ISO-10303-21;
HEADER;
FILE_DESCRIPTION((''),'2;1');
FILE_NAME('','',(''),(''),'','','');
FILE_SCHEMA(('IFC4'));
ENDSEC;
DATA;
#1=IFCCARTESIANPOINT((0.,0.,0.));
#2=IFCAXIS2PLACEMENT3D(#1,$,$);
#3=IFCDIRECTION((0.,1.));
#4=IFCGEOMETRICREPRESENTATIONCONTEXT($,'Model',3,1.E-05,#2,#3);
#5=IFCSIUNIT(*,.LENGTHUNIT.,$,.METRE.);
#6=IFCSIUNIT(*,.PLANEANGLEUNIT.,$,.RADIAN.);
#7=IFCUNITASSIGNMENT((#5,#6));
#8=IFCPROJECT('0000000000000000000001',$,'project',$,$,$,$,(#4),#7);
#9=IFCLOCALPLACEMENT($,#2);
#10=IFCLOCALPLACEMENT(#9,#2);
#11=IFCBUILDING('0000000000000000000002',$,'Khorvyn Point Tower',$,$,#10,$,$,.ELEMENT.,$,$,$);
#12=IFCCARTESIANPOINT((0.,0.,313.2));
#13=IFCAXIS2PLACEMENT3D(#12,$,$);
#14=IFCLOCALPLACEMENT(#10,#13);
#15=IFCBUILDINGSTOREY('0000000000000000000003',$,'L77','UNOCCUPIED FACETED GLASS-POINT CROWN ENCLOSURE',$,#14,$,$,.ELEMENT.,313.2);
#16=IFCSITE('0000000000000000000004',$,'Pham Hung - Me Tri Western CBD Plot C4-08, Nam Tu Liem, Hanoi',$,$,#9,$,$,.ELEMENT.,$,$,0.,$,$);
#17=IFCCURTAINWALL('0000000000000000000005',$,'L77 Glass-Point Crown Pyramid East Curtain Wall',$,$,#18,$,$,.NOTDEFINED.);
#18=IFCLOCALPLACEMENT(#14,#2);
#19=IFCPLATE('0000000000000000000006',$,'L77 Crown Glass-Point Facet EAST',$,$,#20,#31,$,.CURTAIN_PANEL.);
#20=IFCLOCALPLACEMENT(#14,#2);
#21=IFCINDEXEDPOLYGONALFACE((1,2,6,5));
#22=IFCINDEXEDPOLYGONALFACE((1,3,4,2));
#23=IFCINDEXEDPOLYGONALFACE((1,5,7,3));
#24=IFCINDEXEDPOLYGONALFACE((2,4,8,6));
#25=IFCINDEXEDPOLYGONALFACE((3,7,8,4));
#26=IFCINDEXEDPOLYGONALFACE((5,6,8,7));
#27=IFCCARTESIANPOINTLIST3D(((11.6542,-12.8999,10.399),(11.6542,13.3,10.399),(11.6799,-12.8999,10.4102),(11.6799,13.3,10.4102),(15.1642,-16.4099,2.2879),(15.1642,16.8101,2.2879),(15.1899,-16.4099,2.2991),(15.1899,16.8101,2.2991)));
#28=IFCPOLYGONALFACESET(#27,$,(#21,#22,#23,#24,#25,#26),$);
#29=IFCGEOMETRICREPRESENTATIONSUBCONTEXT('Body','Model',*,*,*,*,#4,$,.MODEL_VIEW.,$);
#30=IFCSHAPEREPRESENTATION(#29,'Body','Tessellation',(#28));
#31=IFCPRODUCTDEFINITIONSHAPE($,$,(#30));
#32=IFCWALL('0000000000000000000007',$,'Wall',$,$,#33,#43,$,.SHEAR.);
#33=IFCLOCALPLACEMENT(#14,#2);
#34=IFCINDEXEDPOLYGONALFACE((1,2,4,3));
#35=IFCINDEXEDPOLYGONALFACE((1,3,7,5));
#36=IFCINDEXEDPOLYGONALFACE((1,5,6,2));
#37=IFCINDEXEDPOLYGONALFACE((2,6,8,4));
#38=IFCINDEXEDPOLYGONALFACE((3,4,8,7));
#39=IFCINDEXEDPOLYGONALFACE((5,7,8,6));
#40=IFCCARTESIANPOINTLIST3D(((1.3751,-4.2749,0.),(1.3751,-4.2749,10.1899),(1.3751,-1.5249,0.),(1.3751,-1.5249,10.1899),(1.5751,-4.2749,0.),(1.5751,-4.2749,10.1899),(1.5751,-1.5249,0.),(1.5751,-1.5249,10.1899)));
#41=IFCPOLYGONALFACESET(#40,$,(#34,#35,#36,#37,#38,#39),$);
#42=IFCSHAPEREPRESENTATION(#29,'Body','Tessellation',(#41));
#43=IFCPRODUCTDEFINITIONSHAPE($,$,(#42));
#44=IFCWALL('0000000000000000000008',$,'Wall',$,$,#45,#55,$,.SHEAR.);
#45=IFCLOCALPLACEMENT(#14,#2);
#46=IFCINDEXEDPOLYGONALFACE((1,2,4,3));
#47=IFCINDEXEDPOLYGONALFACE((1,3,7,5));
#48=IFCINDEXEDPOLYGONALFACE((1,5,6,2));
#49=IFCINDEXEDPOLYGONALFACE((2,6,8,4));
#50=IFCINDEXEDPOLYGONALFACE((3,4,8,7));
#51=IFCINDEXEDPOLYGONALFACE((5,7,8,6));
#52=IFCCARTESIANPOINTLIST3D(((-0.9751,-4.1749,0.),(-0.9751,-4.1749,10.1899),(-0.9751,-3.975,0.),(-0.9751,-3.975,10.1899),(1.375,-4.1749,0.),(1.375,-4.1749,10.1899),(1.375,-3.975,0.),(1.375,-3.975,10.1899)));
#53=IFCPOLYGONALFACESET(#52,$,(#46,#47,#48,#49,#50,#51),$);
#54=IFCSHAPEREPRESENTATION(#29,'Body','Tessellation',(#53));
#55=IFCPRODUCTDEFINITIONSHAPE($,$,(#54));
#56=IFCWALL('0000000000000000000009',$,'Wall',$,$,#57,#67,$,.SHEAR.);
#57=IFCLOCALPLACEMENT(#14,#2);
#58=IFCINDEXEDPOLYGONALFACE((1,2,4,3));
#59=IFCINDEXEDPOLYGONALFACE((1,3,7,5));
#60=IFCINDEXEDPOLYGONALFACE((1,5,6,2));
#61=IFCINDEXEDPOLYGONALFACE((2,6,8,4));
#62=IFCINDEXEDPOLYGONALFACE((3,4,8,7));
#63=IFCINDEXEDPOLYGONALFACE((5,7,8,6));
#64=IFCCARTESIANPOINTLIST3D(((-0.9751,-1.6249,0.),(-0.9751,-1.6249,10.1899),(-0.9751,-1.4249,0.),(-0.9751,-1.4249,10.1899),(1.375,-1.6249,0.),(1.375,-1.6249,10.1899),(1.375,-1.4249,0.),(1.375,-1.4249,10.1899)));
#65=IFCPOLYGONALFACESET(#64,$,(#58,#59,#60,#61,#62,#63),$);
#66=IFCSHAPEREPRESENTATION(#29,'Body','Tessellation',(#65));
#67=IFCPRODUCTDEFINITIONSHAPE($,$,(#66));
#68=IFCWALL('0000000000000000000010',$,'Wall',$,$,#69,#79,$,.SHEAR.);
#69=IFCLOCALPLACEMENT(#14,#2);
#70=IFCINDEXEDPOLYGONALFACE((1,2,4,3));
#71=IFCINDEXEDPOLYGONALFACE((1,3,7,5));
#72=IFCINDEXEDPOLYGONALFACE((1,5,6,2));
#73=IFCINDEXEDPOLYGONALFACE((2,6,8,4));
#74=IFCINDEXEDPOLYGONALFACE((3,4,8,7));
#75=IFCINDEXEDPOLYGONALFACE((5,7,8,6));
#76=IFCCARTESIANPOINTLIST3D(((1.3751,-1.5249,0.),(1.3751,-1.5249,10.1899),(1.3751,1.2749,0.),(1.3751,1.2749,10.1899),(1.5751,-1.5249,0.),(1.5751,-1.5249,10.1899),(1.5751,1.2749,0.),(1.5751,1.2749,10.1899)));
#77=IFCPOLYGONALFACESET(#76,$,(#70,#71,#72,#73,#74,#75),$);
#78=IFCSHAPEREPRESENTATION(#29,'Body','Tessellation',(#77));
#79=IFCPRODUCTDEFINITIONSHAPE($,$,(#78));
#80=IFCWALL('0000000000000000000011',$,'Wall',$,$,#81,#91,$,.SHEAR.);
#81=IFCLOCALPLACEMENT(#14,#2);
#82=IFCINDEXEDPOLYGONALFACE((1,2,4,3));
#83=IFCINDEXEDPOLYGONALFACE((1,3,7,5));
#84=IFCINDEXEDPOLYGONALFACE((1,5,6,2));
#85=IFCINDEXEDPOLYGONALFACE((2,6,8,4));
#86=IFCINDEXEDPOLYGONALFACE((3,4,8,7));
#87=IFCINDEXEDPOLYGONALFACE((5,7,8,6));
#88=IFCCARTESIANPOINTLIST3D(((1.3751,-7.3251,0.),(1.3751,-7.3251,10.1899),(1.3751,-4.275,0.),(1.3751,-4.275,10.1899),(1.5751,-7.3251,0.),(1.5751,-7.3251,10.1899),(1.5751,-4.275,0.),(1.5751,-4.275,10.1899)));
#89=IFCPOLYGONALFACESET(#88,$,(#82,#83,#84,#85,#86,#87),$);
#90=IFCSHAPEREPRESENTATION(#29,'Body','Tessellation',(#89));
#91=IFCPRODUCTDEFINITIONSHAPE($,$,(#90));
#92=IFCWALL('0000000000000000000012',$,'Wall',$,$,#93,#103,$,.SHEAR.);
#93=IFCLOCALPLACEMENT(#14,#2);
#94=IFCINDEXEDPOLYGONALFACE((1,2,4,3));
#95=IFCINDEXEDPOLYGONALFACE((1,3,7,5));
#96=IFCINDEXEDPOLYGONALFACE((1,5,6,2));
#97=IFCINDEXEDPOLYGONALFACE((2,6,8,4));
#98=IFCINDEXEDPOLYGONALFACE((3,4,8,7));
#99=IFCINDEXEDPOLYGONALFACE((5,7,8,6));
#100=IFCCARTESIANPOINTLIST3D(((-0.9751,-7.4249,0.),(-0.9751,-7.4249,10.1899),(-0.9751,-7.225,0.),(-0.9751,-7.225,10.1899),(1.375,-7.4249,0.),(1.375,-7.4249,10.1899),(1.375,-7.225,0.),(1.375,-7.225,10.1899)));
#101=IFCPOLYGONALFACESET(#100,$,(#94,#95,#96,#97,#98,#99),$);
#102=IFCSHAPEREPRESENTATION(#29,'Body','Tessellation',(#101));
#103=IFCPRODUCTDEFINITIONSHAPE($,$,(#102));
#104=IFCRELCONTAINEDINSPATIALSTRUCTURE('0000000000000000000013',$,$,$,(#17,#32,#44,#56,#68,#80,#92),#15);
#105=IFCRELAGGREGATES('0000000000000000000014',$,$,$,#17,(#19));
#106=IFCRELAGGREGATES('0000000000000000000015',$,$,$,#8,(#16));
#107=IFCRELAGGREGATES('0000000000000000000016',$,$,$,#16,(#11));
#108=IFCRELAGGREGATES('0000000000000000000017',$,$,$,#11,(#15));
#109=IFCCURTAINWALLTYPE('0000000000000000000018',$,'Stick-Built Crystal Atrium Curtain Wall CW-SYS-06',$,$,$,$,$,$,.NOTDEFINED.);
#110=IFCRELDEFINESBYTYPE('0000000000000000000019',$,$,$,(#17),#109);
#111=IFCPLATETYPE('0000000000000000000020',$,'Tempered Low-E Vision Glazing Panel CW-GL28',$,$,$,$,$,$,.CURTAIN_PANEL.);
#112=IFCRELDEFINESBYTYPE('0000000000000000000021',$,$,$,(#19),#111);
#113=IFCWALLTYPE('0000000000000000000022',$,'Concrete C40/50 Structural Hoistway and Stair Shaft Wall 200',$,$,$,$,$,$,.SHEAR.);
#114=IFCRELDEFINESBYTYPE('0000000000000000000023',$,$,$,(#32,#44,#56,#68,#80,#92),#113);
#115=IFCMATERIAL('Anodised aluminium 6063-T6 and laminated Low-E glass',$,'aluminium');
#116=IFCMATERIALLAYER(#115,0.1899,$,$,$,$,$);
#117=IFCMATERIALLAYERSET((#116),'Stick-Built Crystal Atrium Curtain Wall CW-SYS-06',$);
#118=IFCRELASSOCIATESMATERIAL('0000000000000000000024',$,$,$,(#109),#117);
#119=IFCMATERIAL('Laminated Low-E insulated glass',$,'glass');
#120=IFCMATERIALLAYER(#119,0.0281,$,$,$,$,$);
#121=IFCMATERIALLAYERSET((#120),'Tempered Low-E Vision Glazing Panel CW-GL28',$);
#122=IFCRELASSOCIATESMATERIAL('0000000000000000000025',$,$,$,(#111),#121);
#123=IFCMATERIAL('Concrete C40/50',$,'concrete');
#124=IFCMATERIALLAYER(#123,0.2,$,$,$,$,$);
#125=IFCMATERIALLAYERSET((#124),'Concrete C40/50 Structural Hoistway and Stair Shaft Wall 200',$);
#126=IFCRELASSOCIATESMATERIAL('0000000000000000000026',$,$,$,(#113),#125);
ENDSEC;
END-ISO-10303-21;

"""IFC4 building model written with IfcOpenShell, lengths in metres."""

from ifc_helpers import new_model, si_unit, direction, frame, frame_2d, origin, place, context, subcontext, project, spatial, polyline, rectangle, outline, extrude, material, layer, layer_set, type_object, element, aggregate, save


model = new_model("IFC4")

# Units and contexts
model_context = context("Model", 3, precision=1e-05, world=origin(), true_north=direction((0.0, 1.0)))
body_context = subcontext(model_context, "Body", "Model", "MODEL_VIEW")
ifc_project = project(units=[si_unit("LENGTHUNIT", "METRE"), si_unit("PLANEANGLEUNIT", "RADIAN")], contexts=[model_context])

# Site, building, storey
site_placement = place(None, origin())
site = spatial("IfcSite", under=ifc_project, at=site_placement, Name="Pham Hung - Me Tri Western CBD Plot C4-08, Nam Tu Liem, Hanoi", CompositionType="ELEMENT", RefElevation=0.0)
building_placement = place(site_placement, origin())
building = spatial("IfcBuilding", under=site, at=building_placement, Name="Khorvyn Point Tower", CompositionType="ELEMENT")
storey_placement = place(building_placement, frame((0.0, 0.0, 313.2)))
storey = spatial("IfcBuildingStorey", under=building, at=storey_placement, Name="L77", Description="UNOCCUPIED FACETED GLASS-POINT CROWN ENCLOSURE", CompositionType="ELEMENT", Elevation=313.2)

# Curtain wall
ifc_material_1 = material(Name="Anodised aluminium 6063-T6 and laminated Low-E glass", Category="aluminium")
ifc_layer_1 = layer(ifc_material_1, 0.1899)
ifc_layer_set_1 = layer_set([ifc_layer_1], Name="Stick-Built Crystal Atrium Curtain Wall CW-SYS-06")
curtain_wall_type = type_object("IfcCurtainWallType", Name="Stick-Built Crystal Atrium Curtain Wall CW-SYS-06", PredefinedType="NOTDEFINED", material=ifc_layer_set_1)
curtain_wall_placement = place(storey_placement, origin())
curtain_wall = element("IfcCurtainWall", 1, at=curtain_wall_placement, inside=storey, type_object=curtain_wall_type, Name="L77 Glass-Point Crown Pyramid East Curtain Wall", PredefinedType="NOTDEFINED")

# Shared definitions
ifc_material_2 = material(Name="Concrete C40/50", Category="concrete")

# Plate
ifc_material_3 = material(Name="Laminated Low-E insulated glass", Category="glass")
ifc_layer_2 = layer(ifc_material_3, 0.0281)
ifc_layer_set_2 = layer_set([ifc_layer_2], Name="Tempered Low-E Vision Glazing Panel CW-GL28")
plate_type_1 = type_object("IfcPlateType", Name="Tempered Low-E Vision Glazing Panel CW-GL28", PredefinedType="CURTAIN_PANEL", material=ifc_layer_set_2)
plate_1_placement = place(storey_placement, frame((15.1899, -16.4099, 2.2991), z_axis=(0.917753, 0.0, 0.397151), x_axis=(0.0, 1.0, 0.0)))
plate_1 = element("IfcPlate", 2, at=plate_1_placement, type_object=plate_type_1, Name="L77 Crown Glass-Point Facet EAST", PredefinedType="CURTAIN_PANEL", context=body_context, shape_type="SweptSolid", body=[
    extrude(outline(polyline([(0.0, 0.0), (33.22, 0.0), (29.71, 8.838), (3.51, 8.838), (0.0, 0.0)])), origin(), (0.0, 0.0, -1.0), 0.0281),
])
aggregate(curtain_wall, [plate_1])

# Walls
ifc_layer_3 = layer(ifc_material_2, 0.2)
ifc_layer_set_3 = layer_set([ifc_layer_3], Name="Concrete C40/50 Structural Hoistway and Stair Shaft Wall 200")
wall_type = type_object("IfcWallType", Name="Concrete C40/50 Structural Hoistway and Stair Shaft Wall 200", PredefinedType="SHEAR", material=ifc_layer_set_3)
wall_1_placement = place(storey_placement, frame((1.4751, -4.2749, 0.0), z_axis=(0.0, 0.0, 1.0), x_axis=(0.0, 1.0, 0.0)))
element("IfcWall", 3, at=wall_1_placement, inside=storey, type_object=wall_type, Name="Wall", PredefinedType="SHEAR", context=body_context, shape_type="SweptSolid", body=[
    extrude(rectangle(XDim=2.75, YDim=0.2, at=frame_2d((1.375, 0.0))), origin(), (0.0, 0.0, 1.0), 10.1899),
])
for number, where, z_axis, x_axis, name in (
    (4, (-0.9751, -4.075, 0.0), (0.0, 0.0, 1.0), (1.0, 0.0, 0.0), "Wall"),
    (5, (-0.9751, -1.5249, 0.0), (0.0, 0.0, 1.0), (1.0, 0.0, 0.0), "Wall"),
):
    element("IfcWall", number, at=place(storey_placement, frame(where, z_axis=z_axis, x_axis=x_axis)), inside=storey, type_object=wall_type, Name=name, PredefinedType="SHEAR", context=body_context, shape_type="SweptSolid", body=[
        extrude(rectangle(XDim=2.3501, YDim=0.2, at=frame_2d((1.175, 0.0))), origin(), (0.0, 0.0, 1.0), 10.1899),
    ])
wall_2_placement = place(storey_placement, frame((1.4751, -1.5249, 0.0), z_axis=(0.0, 0.0, 1.0), x_axis=(0.0, 1.0, 0.0)))
element("IfcWall", 6, at=wall_2_placement, inside=storey, type_object=wall_type, Name="Wall", PredefinedType="SHEAR", context=body_context, shape_type="SweptSolid", body=[
    extrude(rectangle(XDim=2.7998, YDim=0.2, at=frame_2d((1.3999, 0.0))), origin(), (0.0, 0.0, 1.0), 10.1899),
])
wall_3_placement = place(storey_placement, frame((1.4751, -7.325, 0.0), z_axis=(0.0, 0.0, 1.0), x_axis=(0.0, 1.0, 0.0)))
element("IfcWall", 7, at=wall_3_placement, inside=storey, type_object=wall_type, Name="Wall", PredefinedType="SHEAR", context=body_context, shape_type="SweptSolid", body=[
    extrude(rectangle(XDim=3.05, YDim=0.2, at=frame_2d((1.5249, 0.0))), origin(), (0.0, 0.0, 1.0), 10.1899),
])
wall_4_placement = place(storey_placement, frame((-0.9751, -7.325, 0.0), z_axis=(0.0, 0.0, 1.0), x_axis=(1.0, 0.0, 0.0)))
element("IfcWall", 8, at=wall_4_placement, inside=storey, type_object=wall_type, Name="Wall", PredefinedType="SHEAR", context=body_context, shape_type="SweptSolid", body=[
    extrude(rectangle(XDim=2.3501, YDim=0.2, at=frame_2d((1.175, 0.0))), origin(), (0.0, 0.0, 1.0), 10.1899),
])

save(model, "model.ifc")
